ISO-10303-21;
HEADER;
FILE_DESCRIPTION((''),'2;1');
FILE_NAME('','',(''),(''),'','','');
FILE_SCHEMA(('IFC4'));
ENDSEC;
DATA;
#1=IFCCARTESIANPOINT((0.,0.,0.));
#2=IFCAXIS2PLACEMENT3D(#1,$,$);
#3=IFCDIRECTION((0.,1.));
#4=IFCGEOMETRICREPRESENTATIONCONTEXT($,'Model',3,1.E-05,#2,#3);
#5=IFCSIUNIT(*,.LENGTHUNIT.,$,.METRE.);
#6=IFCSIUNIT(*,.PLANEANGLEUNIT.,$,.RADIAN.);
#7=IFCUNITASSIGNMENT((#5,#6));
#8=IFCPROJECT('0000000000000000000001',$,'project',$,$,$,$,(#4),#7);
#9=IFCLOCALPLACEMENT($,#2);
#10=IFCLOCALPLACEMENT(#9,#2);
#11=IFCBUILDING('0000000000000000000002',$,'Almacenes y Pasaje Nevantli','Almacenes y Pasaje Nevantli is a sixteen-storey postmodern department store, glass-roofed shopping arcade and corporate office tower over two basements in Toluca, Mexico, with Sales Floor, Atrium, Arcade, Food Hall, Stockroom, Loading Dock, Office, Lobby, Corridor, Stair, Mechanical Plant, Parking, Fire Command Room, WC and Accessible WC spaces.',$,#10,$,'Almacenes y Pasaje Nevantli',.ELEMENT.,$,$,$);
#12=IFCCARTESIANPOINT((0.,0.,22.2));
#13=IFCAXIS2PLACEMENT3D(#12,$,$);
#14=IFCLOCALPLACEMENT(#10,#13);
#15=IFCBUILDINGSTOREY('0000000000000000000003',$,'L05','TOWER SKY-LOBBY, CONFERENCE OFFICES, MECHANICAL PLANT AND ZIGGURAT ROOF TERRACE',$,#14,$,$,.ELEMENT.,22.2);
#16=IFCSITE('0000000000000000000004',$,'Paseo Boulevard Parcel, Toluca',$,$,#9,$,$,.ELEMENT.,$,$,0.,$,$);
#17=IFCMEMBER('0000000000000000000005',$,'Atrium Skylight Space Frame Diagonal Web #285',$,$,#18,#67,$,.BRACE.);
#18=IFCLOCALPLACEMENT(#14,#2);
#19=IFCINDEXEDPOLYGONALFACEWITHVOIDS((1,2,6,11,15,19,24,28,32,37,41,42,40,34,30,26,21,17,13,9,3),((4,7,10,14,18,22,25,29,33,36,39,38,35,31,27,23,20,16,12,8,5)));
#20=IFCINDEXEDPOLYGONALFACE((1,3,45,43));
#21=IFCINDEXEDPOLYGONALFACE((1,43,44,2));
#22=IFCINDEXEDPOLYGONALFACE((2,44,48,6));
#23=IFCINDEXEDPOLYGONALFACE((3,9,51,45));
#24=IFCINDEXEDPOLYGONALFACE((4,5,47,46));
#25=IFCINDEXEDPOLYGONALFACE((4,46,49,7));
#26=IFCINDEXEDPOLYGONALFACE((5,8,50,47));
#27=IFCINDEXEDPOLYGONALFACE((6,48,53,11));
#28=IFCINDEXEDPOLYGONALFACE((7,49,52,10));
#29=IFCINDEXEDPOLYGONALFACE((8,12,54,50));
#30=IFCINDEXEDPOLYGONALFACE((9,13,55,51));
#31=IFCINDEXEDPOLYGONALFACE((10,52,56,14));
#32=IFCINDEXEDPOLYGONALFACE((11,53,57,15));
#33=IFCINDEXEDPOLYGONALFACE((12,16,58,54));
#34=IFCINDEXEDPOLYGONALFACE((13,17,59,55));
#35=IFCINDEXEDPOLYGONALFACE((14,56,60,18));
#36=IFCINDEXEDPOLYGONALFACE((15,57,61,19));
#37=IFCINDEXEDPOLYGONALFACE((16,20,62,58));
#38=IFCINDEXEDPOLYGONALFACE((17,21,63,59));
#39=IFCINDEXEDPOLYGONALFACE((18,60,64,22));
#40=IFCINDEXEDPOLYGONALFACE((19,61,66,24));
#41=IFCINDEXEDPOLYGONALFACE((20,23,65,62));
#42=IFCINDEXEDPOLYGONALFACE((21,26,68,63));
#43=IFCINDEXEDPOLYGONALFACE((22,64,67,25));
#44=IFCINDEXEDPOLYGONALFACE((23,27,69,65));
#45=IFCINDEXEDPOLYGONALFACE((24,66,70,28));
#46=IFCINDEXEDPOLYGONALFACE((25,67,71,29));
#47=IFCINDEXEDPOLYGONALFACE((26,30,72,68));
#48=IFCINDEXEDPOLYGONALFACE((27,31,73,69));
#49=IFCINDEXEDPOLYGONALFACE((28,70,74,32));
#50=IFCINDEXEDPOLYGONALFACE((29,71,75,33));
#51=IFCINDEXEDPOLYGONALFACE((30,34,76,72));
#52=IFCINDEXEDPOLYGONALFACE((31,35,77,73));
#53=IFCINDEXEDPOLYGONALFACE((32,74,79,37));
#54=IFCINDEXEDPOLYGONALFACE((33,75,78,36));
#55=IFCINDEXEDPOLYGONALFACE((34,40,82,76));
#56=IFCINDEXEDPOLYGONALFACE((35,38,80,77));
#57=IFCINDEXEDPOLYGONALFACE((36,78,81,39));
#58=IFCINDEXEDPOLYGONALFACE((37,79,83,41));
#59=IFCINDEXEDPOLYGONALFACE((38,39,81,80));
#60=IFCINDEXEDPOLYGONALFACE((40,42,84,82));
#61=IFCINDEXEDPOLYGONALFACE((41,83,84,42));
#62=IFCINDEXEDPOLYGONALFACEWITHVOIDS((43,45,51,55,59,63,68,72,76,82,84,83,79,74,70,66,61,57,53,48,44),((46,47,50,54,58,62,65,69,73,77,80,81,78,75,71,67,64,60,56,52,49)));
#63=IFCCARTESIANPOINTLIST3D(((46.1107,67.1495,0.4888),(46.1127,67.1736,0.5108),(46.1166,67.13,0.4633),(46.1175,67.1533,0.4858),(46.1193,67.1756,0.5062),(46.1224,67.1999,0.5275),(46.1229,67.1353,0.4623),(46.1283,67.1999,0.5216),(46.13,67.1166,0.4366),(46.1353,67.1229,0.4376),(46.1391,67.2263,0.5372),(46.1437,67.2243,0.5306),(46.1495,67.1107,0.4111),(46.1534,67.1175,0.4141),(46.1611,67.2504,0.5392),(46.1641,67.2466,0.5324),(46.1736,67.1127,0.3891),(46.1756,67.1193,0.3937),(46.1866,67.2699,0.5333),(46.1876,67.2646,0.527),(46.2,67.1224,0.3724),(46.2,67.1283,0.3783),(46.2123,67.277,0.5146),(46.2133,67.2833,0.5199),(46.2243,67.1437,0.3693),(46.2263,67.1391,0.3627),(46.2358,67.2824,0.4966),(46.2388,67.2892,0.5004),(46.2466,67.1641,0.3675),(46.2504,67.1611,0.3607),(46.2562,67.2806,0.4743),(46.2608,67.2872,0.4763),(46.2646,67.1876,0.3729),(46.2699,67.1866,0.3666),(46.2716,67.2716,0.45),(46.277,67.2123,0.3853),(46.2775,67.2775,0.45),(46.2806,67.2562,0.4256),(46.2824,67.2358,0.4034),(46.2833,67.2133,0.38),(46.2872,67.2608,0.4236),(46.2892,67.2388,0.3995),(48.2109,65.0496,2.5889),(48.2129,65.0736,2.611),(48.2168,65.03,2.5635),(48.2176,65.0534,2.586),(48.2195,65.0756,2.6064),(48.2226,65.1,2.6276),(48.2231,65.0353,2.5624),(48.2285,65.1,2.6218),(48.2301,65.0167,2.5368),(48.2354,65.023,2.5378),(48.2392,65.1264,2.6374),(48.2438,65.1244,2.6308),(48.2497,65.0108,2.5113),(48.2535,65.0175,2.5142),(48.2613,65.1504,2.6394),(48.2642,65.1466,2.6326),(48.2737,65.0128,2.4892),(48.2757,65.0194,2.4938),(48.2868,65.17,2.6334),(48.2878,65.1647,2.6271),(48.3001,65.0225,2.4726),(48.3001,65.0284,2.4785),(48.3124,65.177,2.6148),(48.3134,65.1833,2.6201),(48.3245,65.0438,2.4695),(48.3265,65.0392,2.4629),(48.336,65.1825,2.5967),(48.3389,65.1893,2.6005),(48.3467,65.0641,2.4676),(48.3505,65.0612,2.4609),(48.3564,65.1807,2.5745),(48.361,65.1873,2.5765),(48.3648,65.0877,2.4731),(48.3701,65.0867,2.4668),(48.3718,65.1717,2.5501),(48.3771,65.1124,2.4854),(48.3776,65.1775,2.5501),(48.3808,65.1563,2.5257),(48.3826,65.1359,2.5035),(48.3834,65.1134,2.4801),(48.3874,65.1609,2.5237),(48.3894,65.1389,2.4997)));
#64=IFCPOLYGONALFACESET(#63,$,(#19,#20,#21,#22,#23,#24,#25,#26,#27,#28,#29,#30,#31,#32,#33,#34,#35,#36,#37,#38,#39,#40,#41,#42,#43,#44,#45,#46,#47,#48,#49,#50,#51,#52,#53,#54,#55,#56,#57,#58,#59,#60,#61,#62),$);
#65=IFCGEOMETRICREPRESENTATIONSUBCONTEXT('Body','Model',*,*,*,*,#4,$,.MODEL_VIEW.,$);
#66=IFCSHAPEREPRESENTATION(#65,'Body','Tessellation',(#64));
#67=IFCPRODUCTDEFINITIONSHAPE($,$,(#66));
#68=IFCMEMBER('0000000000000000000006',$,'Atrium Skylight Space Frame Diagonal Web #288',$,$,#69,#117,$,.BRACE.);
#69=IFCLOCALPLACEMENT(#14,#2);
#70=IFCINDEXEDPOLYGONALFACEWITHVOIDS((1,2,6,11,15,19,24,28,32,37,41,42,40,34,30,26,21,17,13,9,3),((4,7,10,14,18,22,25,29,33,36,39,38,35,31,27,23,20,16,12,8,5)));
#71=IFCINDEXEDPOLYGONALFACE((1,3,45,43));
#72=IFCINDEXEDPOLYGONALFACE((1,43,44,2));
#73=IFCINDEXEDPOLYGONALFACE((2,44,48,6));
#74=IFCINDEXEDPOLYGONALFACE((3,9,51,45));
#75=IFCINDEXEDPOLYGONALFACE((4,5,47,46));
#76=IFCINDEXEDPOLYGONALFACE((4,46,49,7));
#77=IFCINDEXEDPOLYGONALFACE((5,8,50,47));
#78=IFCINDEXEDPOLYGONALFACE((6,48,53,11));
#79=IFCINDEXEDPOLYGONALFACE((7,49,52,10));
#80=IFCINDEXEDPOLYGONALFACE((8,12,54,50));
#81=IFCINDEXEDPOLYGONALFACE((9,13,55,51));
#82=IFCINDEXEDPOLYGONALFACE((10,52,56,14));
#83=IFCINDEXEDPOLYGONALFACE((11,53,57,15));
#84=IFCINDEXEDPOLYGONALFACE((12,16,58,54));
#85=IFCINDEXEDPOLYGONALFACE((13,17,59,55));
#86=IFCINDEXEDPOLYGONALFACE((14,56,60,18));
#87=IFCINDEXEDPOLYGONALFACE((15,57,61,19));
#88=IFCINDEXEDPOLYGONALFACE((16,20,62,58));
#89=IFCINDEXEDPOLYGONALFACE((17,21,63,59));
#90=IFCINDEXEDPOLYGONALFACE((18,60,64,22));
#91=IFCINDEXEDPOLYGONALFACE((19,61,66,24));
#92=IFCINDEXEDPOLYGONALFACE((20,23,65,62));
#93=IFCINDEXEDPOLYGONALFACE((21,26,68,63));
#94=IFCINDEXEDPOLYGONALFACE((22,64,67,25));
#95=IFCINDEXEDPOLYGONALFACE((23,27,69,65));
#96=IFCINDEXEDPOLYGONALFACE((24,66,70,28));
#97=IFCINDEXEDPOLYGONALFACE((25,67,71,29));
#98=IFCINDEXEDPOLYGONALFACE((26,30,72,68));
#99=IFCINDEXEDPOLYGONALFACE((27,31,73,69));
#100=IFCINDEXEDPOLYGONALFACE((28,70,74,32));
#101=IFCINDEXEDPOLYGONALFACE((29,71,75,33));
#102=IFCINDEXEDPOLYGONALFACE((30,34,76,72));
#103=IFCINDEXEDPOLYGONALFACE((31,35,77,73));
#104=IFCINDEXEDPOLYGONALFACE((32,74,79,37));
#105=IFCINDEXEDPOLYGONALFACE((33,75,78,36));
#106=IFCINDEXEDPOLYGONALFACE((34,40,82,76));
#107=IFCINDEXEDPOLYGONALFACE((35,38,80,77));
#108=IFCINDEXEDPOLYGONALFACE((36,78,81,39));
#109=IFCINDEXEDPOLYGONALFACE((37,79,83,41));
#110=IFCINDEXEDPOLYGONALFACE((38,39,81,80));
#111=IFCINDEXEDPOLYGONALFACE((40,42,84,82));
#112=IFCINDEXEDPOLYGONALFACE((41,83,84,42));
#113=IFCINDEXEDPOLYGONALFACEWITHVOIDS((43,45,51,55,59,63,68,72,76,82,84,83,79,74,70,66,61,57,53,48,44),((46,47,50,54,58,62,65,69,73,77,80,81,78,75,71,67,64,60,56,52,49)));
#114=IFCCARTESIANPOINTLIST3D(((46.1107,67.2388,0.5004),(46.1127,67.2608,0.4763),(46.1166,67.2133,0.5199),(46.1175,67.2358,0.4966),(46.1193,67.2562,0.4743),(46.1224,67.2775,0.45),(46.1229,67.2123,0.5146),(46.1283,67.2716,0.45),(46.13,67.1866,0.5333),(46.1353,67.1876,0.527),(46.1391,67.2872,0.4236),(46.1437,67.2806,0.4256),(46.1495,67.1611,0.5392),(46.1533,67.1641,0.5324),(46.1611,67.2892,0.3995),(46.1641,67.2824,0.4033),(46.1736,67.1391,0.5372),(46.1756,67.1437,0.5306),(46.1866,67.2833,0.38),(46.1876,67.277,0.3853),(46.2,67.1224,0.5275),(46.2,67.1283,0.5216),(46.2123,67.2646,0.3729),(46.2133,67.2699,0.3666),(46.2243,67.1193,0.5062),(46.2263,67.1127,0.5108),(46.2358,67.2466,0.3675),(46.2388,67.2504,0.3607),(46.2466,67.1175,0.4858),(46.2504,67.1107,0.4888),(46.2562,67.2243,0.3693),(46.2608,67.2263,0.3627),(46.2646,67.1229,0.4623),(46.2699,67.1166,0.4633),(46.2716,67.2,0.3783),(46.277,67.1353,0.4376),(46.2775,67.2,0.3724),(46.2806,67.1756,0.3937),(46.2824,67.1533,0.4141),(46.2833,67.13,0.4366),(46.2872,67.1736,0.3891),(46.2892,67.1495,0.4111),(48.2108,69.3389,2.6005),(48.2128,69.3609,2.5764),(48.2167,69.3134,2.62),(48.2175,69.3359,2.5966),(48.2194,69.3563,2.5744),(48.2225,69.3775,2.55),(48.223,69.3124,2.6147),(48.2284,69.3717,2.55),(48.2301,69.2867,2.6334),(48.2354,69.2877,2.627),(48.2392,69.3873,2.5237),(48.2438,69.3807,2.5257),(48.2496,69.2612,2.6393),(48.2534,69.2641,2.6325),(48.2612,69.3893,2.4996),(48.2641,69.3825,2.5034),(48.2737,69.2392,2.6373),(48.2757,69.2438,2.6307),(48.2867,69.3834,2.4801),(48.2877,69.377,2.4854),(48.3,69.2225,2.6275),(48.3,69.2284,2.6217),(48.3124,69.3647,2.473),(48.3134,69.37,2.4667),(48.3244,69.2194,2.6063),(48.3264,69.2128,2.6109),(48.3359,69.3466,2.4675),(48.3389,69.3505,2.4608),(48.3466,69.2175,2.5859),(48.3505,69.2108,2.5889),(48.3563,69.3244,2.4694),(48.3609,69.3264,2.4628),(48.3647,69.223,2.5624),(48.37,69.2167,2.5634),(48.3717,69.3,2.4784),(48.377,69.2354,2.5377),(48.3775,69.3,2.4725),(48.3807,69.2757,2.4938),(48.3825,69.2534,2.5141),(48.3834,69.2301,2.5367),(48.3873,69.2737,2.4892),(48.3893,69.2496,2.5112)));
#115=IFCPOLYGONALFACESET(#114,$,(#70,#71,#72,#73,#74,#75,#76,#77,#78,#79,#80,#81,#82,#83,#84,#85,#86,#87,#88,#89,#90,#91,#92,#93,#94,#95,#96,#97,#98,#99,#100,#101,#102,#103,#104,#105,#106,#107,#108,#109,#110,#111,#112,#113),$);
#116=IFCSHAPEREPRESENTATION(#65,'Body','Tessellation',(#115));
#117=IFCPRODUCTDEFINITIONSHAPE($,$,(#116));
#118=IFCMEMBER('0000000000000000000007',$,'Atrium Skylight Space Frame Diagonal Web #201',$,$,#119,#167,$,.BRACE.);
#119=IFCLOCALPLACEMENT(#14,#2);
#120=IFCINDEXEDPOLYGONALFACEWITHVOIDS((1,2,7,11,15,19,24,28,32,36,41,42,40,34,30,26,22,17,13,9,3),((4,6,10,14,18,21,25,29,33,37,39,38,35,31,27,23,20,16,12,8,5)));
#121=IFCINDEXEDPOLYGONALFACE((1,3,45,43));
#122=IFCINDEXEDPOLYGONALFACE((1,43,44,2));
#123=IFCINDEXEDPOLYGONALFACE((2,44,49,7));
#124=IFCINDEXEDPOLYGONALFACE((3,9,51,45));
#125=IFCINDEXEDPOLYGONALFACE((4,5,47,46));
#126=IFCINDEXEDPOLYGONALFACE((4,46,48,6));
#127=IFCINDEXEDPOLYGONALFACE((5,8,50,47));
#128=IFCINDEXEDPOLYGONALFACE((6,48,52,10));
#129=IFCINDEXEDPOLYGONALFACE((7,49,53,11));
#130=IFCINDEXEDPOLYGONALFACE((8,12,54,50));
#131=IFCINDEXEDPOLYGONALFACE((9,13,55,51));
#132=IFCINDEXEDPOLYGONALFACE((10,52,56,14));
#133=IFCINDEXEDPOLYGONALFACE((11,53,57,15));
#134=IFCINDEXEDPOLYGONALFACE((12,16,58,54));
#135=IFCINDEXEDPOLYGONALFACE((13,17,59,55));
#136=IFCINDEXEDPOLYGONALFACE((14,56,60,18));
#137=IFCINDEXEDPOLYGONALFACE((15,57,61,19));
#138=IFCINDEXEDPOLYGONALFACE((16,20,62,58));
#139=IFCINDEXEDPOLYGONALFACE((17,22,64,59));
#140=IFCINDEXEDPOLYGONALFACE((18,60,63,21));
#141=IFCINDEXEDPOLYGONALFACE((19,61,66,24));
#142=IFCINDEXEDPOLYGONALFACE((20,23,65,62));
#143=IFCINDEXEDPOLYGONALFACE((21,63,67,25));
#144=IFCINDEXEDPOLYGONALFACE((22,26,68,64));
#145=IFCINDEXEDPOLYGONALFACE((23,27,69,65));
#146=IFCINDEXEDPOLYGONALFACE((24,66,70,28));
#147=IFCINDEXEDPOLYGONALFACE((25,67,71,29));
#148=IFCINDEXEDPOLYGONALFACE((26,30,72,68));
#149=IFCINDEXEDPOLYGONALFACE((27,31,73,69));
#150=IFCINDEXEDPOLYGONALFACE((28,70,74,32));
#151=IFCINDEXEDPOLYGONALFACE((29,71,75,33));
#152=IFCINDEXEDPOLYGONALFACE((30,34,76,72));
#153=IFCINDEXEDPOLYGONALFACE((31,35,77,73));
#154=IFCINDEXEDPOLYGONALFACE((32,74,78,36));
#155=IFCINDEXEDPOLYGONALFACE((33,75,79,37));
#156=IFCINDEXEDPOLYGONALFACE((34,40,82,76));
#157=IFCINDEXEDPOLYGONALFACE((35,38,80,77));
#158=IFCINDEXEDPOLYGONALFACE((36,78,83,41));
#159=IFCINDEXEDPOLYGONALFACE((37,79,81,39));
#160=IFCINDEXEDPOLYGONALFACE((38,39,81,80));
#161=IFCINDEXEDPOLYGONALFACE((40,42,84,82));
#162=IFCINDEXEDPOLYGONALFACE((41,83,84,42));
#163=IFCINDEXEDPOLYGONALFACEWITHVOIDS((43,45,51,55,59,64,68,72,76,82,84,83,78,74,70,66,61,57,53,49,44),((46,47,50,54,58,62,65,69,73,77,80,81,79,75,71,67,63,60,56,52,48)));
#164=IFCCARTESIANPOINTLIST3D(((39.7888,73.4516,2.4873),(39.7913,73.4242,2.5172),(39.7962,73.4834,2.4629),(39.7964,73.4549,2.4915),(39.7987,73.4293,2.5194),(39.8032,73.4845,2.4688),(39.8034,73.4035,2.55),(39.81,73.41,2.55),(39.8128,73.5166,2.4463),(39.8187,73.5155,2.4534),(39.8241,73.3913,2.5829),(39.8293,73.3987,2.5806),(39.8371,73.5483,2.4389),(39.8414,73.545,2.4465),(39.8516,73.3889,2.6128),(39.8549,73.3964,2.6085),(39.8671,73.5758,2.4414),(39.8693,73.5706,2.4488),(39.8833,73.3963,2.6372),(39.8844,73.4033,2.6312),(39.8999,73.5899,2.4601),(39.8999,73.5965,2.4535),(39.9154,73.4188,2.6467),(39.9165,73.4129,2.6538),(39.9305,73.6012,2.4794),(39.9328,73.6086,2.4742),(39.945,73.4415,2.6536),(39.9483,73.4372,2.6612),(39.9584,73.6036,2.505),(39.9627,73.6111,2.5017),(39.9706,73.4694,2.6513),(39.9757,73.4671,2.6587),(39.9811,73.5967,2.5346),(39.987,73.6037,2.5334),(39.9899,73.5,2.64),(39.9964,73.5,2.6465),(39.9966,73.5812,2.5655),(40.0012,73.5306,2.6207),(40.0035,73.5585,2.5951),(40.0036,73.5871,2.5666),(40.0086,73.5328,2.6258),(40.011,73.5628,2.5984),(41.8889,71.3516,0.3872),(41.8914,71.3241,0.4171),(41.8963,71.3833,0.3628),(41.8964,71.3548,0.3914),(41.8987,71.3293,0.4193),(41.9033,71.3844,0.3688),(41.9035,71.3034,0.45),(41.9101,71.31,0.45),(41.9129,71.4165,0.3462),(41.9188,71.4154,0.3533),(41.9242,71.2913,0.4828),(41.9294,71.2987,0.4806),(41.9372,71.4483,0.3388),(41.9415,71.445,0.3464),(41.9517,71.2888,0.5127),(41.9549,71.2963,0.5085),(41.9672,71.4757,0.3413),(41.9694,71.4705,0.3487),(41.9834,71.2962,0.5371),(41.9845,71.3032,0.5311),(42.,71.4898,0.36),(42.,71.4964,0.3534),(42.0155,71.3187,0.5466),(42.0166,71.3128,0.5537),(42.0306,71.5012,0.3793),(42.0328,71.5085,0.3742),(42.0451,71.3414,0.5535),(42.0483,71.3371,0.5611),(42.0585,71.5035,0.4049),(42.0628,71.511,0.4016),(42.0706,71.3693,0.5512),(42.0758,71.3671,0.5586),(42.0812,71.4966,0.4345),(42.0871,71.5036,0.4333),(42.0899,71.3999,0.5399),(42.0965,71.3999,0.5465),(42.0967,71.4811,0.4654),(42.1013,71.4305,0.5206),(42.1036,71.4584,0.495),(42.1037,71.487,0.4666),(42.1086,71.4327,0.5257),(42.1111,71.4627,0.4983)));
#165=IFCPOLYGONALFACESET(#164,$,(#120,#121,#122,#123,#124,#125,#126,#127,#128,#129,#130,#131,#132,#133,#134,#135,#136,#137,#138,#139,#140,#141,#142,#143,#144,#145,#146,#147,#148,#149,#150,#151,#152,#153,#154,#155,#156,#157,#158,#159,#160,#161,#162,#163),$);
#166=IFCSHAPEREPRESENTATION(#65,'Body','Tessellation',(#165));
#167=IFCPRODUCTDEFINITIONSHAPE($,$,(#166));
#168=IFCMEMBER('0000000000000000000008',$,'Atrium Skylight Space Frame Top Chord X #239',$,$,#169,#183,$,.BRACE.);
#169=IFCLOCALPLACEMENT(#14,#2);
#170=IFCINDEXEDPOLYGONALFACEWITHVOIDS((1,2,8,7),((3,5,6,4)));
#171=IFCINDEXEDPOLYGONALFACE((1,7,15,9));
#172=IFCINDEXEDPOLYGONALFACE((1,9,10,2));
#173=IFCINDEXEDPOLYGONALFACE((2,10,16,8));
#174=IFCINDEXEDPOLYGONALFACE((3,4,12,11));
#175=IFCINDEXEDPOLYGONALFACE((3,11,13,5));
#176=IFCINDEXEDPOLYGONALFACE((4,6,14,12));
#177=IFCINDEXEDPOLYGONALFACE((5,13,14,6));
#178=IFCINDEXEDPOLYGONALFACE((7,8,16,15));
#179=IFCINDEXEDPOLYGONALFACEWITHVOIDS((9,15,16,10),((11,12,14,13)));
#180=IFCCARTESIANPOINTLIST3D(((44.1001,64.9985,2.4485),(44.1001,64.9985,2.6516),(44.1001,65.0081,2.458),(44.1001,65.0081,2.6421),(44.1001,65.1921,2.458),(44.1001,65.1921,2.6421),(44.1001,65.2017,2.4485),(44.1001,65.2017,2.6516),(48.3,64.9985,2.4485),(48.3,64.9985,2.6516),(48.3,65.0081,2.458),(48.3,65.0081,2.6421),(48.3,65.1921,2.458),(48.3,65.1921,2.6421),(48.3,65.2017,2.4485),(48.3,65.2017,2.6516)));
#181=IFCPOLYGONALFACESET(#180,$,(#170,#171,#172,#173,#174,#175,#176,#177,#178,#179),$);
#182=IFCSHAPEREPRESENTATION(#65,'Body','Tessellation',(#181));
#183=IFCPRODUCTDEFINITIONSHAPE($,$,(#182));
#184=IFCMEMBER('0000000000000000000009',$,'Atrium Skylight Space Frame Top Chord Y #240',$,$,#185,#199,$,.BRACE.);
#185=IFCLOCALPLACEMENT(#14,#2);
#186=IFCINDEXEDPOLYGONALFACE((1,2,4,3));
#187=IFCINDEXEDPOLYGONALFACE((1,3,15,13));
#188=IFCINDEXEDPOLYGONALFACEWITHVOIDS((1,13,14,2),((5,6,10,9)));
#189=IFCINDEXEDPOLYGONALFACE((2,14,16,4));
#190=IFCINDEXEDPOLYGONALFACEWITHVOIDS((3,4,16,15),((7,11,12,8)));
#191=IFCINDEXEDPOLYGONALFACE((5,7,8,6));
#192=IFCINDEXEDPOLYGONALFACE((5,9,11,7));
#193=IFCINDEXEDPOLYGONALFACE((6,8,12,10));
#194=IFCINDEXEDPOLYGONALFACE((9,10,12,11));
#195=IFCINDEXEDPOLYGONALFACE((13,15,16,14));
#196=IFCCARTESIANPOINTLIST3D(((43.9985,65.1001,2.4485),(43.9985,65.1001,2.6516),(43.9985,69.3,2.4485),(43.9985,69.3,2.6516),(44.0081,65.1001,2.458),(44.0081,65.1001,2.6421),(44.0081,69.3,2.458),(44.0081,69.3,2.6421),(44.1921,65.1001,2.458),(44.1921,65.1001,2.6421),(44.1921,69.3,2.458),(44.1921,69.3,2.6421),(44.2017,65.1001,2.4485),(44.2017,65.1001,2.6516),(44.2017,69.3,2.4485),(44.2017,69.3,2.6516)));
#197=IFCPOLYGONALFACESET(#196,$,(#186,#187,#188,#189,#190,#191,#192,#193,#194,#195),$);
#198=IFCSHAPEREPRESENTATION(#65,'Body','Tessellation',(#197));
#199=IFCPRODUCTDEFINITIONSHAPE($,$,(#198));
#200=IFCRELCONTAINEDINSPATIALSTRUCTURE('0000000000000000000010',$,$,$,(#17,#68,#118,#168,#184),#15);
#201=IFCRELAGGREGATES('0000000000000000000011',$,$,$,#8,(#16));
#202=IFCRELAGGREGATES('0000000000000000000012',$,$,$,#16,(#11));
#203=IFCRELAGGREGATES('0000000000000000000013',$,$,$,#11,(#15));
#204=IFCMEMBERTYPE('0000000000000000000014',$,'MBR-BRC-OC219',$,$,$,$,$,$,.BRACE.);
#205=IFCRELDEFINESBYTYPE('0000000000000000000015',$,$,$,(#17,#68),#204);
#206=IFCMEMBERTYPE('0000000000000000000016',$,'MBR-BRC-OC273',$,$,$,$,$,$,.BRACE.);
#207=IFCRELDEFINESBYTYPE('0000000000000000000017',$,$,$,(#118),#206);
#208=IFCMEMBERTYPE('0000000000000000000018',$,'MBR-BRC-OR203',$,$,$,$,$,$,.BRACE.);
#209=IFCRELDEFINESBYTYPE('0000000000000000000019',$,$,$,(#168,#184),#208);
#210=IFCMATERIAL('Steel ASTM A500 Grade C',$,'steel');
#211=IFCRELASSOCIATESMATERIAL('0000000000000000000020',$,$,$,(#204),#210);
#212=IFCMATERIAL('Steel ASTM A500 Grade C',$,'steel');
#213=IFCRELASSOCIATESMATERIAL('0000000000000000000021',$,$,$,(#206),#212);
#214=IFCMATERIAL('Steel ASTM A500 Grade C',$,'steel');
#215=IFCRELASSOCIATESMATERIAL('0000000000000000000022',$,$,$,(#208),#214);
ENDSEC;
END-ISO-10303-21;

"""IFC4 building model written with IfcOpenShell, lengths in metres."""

from ifc_helpers import new_model, si_unit, direction, frame, origin, origin_2d, place, context, subcontext, project, spatial, hollow_rectangle, hollow_circle, extrude, material, material_profile, profile_set, type_object, element, save


model = new_model("IFC4")

# Units and contexts
model_context = context("Model", 3, precision=1e-05, world=origin(), true_north=direction((0.0, 1.0)))
body_context = subcontext(model_context, "Body", "Model", "MODEL_VIEW")
ifc_project = project(units=[si_unit("LENGTHUNIT", "METRE"), si_unit("PLANEANGLEUNIT", "RADIAN")], contexts=[model_context])

# Site, building, storey
site_placement = place(None, origin())
site = spatial("IfcSite", under=ifc_project, at=site_placement, Name="Paseo Boulevard Parcel, Toluca", CompositionType="ELEMENT", RefElevation=0.0)
building_placement = place(site_placement, origin())
building = spatial("IfcBuilding", under=site, at=building_placement, Name="Almacenes y Pasaje Nevantli", Description="Almacenes y Pasaje Nevantli is a sixteen-storey postmodern department store, glass-roofed shopping arcade and corporate office tower over two basements in Toluca, Mexico, with Sales Floor, Atrium, Arcade, Food Hall, Stockroom, Loading Dock, Office, Lobby, Corridor, Stair, Mechanical Plant, Parking, Fire Command Room, WC and Accessible WC spaces.", LongName="Almacenes y Pasaje Nevantli", CompositionType="ELEMENT")
storey_placement = place(building_placement, frame((0.0, 0.0, 22.2)))
storey = spatial("IfcBuildingStorey", under=building, at=storey_placement, Name="L05", Description="TOWER SKY-LOBBY, CONFERENCE OFFICES, MECHANICAL PLANT AND ZIGGURAT ROOF TERRACE", CompositionType="ELEMENT", Elevation=22.2)

# Members
ifc_material_1 = material(Name="Steel ASTM A500 Grade C", Category="steel")
ifc_material_profile_1 = material_profile(ifc_material_1, hollow_circle(Radius=0.1096, WallThickness=0.0083, at=origin_2d()), Name="OC 219x8.2")
ifc_profile_set_1 = profile_set([ifc_material_profile_1], Name="Steel ASTM A500 Grade C")
member_type_1 = type_object("IfcMemberType", Name="MBR-BRC-OC219", PredefinedType="BRACE", material=ifc_profile_set_1)
for number, where, z_axis, x_axis, name in (
    (1, (46.2, 67.2, 0.45), (0.577373, -0.577306, 0.577373), (0.707066, 0.707148, 0.0), "Atrium Skylight Space Frame Diagonal Web #285"),
    (2, (46.2, 67.2, 0.45), (0.57735, 0.57735, 0.57735), (-0.707107, 0.707107, 0.0), "Atrium Skylight Space Frame Diagonal Web #288"),
):
    element("IfcMember", number, at=place(storey_placement, frame(where, z_axis=z_axis, x_axis=x_axis)), inside=storey, type_object=member_type_1, Name=name, PredefinedType="BRACE", context=body_context, shape_type="SweptSolid", body=[
        extrude(hollow_circle(Radius=0.1096, WallThickness=0.0083, at=origin_2d()), origin(), (0.0, 0.0, 1.0), 3.6375),
    ])
ifc_material_2 = material(Name="Steel ASTM A500 Grade C", Category="steel")
ifc_material_profile_2 = material_profile(ifc_material_2, hollow_circle(Radius=0.1365, WallThickness=0.0093, at=origin_2d()), Name="OC 273x9.3")
ifc_profile_set_2 = profile_set([ifc_material_profile_2], Name="Steel ASTM A500 Grade C")
member_type_2 = type_object("IfcMemberType", Name="MBR-BRC-OC273", PredefinedType="BRACE", material=ifc_profile_set_2)
member_1_placement = place(storey_placement, frame((42.0, 71.3999, 0.45), z_axis=(-0.57735, 0.57735, 0.57735), x_axis=(-0.707107, -0.707107, 0.0)))
element("IfcMember", 3, at=member_1_placement, inside=storey, type_object=member_type_2, Name="Atrium Skylight Space Frame Diagonal Web #201", PredefinedType="BRACE", context=body_context, shape_type="SweptSolid", body=[
    extrude(hollow_circle(Radius=0.1365, WallThickness=0.0093, at=origin_2d()), origin(), (0.0, 0.0, 1.0), 3.6375),
])
ifc_material_3 = material(Name="Steel ASTM A500 Grade C", Category="steel")
ifc_material_profile_3 = material_profile(ifc_material_3, hollow_rectangle(XDim=0.2031, YDim=0.2031, WallThickness=0.0095, at=origin_2d()), Name="OR 203x203x9.5")
ifc_profile_set_3 = profile_set([ifc_material_profile_3], Name="Steel ASTM A500 Grade C")
member_type_3 = type_object("IfcMemberType", Name="MBR-BRC-OR203", PredefinedType="BRACE", material=ifc_profile_set_3)
for number, where, z_axis, x_axis, name in (
    (4, (44.1001, 65.1001, 2.55), (1.0, 0.0, 0.0), (0.0, 1.0, 0.0), "Atrium Skylight Space Frame Top Chord X #239"),
    (5, (44.1001, 65.1001, 2.55), (0.0, 1.0, 0.0), (-1.0, 0.0, 0.0), "Atrium Skylight Space Frame Top Chord Y #240"),
):
    element("IfcMember", number, at=place(storey_placement, frame(where, z_axis=z_axis, x_axis=x_axis)), inside=storey, type_object=member_type_3, Name=name, PredefinedType="BRACE", context=body_context, shape_type="SweptSolid", body=[
        extrude(hollow_rectangle(XDim=0.2031, YDim=0.2031, WallThickness=0.0095, at=origin_2d()), origin(), (0.0, 0.0, 1.0), 4.2),
    ])

save(model, "model.ifc")
